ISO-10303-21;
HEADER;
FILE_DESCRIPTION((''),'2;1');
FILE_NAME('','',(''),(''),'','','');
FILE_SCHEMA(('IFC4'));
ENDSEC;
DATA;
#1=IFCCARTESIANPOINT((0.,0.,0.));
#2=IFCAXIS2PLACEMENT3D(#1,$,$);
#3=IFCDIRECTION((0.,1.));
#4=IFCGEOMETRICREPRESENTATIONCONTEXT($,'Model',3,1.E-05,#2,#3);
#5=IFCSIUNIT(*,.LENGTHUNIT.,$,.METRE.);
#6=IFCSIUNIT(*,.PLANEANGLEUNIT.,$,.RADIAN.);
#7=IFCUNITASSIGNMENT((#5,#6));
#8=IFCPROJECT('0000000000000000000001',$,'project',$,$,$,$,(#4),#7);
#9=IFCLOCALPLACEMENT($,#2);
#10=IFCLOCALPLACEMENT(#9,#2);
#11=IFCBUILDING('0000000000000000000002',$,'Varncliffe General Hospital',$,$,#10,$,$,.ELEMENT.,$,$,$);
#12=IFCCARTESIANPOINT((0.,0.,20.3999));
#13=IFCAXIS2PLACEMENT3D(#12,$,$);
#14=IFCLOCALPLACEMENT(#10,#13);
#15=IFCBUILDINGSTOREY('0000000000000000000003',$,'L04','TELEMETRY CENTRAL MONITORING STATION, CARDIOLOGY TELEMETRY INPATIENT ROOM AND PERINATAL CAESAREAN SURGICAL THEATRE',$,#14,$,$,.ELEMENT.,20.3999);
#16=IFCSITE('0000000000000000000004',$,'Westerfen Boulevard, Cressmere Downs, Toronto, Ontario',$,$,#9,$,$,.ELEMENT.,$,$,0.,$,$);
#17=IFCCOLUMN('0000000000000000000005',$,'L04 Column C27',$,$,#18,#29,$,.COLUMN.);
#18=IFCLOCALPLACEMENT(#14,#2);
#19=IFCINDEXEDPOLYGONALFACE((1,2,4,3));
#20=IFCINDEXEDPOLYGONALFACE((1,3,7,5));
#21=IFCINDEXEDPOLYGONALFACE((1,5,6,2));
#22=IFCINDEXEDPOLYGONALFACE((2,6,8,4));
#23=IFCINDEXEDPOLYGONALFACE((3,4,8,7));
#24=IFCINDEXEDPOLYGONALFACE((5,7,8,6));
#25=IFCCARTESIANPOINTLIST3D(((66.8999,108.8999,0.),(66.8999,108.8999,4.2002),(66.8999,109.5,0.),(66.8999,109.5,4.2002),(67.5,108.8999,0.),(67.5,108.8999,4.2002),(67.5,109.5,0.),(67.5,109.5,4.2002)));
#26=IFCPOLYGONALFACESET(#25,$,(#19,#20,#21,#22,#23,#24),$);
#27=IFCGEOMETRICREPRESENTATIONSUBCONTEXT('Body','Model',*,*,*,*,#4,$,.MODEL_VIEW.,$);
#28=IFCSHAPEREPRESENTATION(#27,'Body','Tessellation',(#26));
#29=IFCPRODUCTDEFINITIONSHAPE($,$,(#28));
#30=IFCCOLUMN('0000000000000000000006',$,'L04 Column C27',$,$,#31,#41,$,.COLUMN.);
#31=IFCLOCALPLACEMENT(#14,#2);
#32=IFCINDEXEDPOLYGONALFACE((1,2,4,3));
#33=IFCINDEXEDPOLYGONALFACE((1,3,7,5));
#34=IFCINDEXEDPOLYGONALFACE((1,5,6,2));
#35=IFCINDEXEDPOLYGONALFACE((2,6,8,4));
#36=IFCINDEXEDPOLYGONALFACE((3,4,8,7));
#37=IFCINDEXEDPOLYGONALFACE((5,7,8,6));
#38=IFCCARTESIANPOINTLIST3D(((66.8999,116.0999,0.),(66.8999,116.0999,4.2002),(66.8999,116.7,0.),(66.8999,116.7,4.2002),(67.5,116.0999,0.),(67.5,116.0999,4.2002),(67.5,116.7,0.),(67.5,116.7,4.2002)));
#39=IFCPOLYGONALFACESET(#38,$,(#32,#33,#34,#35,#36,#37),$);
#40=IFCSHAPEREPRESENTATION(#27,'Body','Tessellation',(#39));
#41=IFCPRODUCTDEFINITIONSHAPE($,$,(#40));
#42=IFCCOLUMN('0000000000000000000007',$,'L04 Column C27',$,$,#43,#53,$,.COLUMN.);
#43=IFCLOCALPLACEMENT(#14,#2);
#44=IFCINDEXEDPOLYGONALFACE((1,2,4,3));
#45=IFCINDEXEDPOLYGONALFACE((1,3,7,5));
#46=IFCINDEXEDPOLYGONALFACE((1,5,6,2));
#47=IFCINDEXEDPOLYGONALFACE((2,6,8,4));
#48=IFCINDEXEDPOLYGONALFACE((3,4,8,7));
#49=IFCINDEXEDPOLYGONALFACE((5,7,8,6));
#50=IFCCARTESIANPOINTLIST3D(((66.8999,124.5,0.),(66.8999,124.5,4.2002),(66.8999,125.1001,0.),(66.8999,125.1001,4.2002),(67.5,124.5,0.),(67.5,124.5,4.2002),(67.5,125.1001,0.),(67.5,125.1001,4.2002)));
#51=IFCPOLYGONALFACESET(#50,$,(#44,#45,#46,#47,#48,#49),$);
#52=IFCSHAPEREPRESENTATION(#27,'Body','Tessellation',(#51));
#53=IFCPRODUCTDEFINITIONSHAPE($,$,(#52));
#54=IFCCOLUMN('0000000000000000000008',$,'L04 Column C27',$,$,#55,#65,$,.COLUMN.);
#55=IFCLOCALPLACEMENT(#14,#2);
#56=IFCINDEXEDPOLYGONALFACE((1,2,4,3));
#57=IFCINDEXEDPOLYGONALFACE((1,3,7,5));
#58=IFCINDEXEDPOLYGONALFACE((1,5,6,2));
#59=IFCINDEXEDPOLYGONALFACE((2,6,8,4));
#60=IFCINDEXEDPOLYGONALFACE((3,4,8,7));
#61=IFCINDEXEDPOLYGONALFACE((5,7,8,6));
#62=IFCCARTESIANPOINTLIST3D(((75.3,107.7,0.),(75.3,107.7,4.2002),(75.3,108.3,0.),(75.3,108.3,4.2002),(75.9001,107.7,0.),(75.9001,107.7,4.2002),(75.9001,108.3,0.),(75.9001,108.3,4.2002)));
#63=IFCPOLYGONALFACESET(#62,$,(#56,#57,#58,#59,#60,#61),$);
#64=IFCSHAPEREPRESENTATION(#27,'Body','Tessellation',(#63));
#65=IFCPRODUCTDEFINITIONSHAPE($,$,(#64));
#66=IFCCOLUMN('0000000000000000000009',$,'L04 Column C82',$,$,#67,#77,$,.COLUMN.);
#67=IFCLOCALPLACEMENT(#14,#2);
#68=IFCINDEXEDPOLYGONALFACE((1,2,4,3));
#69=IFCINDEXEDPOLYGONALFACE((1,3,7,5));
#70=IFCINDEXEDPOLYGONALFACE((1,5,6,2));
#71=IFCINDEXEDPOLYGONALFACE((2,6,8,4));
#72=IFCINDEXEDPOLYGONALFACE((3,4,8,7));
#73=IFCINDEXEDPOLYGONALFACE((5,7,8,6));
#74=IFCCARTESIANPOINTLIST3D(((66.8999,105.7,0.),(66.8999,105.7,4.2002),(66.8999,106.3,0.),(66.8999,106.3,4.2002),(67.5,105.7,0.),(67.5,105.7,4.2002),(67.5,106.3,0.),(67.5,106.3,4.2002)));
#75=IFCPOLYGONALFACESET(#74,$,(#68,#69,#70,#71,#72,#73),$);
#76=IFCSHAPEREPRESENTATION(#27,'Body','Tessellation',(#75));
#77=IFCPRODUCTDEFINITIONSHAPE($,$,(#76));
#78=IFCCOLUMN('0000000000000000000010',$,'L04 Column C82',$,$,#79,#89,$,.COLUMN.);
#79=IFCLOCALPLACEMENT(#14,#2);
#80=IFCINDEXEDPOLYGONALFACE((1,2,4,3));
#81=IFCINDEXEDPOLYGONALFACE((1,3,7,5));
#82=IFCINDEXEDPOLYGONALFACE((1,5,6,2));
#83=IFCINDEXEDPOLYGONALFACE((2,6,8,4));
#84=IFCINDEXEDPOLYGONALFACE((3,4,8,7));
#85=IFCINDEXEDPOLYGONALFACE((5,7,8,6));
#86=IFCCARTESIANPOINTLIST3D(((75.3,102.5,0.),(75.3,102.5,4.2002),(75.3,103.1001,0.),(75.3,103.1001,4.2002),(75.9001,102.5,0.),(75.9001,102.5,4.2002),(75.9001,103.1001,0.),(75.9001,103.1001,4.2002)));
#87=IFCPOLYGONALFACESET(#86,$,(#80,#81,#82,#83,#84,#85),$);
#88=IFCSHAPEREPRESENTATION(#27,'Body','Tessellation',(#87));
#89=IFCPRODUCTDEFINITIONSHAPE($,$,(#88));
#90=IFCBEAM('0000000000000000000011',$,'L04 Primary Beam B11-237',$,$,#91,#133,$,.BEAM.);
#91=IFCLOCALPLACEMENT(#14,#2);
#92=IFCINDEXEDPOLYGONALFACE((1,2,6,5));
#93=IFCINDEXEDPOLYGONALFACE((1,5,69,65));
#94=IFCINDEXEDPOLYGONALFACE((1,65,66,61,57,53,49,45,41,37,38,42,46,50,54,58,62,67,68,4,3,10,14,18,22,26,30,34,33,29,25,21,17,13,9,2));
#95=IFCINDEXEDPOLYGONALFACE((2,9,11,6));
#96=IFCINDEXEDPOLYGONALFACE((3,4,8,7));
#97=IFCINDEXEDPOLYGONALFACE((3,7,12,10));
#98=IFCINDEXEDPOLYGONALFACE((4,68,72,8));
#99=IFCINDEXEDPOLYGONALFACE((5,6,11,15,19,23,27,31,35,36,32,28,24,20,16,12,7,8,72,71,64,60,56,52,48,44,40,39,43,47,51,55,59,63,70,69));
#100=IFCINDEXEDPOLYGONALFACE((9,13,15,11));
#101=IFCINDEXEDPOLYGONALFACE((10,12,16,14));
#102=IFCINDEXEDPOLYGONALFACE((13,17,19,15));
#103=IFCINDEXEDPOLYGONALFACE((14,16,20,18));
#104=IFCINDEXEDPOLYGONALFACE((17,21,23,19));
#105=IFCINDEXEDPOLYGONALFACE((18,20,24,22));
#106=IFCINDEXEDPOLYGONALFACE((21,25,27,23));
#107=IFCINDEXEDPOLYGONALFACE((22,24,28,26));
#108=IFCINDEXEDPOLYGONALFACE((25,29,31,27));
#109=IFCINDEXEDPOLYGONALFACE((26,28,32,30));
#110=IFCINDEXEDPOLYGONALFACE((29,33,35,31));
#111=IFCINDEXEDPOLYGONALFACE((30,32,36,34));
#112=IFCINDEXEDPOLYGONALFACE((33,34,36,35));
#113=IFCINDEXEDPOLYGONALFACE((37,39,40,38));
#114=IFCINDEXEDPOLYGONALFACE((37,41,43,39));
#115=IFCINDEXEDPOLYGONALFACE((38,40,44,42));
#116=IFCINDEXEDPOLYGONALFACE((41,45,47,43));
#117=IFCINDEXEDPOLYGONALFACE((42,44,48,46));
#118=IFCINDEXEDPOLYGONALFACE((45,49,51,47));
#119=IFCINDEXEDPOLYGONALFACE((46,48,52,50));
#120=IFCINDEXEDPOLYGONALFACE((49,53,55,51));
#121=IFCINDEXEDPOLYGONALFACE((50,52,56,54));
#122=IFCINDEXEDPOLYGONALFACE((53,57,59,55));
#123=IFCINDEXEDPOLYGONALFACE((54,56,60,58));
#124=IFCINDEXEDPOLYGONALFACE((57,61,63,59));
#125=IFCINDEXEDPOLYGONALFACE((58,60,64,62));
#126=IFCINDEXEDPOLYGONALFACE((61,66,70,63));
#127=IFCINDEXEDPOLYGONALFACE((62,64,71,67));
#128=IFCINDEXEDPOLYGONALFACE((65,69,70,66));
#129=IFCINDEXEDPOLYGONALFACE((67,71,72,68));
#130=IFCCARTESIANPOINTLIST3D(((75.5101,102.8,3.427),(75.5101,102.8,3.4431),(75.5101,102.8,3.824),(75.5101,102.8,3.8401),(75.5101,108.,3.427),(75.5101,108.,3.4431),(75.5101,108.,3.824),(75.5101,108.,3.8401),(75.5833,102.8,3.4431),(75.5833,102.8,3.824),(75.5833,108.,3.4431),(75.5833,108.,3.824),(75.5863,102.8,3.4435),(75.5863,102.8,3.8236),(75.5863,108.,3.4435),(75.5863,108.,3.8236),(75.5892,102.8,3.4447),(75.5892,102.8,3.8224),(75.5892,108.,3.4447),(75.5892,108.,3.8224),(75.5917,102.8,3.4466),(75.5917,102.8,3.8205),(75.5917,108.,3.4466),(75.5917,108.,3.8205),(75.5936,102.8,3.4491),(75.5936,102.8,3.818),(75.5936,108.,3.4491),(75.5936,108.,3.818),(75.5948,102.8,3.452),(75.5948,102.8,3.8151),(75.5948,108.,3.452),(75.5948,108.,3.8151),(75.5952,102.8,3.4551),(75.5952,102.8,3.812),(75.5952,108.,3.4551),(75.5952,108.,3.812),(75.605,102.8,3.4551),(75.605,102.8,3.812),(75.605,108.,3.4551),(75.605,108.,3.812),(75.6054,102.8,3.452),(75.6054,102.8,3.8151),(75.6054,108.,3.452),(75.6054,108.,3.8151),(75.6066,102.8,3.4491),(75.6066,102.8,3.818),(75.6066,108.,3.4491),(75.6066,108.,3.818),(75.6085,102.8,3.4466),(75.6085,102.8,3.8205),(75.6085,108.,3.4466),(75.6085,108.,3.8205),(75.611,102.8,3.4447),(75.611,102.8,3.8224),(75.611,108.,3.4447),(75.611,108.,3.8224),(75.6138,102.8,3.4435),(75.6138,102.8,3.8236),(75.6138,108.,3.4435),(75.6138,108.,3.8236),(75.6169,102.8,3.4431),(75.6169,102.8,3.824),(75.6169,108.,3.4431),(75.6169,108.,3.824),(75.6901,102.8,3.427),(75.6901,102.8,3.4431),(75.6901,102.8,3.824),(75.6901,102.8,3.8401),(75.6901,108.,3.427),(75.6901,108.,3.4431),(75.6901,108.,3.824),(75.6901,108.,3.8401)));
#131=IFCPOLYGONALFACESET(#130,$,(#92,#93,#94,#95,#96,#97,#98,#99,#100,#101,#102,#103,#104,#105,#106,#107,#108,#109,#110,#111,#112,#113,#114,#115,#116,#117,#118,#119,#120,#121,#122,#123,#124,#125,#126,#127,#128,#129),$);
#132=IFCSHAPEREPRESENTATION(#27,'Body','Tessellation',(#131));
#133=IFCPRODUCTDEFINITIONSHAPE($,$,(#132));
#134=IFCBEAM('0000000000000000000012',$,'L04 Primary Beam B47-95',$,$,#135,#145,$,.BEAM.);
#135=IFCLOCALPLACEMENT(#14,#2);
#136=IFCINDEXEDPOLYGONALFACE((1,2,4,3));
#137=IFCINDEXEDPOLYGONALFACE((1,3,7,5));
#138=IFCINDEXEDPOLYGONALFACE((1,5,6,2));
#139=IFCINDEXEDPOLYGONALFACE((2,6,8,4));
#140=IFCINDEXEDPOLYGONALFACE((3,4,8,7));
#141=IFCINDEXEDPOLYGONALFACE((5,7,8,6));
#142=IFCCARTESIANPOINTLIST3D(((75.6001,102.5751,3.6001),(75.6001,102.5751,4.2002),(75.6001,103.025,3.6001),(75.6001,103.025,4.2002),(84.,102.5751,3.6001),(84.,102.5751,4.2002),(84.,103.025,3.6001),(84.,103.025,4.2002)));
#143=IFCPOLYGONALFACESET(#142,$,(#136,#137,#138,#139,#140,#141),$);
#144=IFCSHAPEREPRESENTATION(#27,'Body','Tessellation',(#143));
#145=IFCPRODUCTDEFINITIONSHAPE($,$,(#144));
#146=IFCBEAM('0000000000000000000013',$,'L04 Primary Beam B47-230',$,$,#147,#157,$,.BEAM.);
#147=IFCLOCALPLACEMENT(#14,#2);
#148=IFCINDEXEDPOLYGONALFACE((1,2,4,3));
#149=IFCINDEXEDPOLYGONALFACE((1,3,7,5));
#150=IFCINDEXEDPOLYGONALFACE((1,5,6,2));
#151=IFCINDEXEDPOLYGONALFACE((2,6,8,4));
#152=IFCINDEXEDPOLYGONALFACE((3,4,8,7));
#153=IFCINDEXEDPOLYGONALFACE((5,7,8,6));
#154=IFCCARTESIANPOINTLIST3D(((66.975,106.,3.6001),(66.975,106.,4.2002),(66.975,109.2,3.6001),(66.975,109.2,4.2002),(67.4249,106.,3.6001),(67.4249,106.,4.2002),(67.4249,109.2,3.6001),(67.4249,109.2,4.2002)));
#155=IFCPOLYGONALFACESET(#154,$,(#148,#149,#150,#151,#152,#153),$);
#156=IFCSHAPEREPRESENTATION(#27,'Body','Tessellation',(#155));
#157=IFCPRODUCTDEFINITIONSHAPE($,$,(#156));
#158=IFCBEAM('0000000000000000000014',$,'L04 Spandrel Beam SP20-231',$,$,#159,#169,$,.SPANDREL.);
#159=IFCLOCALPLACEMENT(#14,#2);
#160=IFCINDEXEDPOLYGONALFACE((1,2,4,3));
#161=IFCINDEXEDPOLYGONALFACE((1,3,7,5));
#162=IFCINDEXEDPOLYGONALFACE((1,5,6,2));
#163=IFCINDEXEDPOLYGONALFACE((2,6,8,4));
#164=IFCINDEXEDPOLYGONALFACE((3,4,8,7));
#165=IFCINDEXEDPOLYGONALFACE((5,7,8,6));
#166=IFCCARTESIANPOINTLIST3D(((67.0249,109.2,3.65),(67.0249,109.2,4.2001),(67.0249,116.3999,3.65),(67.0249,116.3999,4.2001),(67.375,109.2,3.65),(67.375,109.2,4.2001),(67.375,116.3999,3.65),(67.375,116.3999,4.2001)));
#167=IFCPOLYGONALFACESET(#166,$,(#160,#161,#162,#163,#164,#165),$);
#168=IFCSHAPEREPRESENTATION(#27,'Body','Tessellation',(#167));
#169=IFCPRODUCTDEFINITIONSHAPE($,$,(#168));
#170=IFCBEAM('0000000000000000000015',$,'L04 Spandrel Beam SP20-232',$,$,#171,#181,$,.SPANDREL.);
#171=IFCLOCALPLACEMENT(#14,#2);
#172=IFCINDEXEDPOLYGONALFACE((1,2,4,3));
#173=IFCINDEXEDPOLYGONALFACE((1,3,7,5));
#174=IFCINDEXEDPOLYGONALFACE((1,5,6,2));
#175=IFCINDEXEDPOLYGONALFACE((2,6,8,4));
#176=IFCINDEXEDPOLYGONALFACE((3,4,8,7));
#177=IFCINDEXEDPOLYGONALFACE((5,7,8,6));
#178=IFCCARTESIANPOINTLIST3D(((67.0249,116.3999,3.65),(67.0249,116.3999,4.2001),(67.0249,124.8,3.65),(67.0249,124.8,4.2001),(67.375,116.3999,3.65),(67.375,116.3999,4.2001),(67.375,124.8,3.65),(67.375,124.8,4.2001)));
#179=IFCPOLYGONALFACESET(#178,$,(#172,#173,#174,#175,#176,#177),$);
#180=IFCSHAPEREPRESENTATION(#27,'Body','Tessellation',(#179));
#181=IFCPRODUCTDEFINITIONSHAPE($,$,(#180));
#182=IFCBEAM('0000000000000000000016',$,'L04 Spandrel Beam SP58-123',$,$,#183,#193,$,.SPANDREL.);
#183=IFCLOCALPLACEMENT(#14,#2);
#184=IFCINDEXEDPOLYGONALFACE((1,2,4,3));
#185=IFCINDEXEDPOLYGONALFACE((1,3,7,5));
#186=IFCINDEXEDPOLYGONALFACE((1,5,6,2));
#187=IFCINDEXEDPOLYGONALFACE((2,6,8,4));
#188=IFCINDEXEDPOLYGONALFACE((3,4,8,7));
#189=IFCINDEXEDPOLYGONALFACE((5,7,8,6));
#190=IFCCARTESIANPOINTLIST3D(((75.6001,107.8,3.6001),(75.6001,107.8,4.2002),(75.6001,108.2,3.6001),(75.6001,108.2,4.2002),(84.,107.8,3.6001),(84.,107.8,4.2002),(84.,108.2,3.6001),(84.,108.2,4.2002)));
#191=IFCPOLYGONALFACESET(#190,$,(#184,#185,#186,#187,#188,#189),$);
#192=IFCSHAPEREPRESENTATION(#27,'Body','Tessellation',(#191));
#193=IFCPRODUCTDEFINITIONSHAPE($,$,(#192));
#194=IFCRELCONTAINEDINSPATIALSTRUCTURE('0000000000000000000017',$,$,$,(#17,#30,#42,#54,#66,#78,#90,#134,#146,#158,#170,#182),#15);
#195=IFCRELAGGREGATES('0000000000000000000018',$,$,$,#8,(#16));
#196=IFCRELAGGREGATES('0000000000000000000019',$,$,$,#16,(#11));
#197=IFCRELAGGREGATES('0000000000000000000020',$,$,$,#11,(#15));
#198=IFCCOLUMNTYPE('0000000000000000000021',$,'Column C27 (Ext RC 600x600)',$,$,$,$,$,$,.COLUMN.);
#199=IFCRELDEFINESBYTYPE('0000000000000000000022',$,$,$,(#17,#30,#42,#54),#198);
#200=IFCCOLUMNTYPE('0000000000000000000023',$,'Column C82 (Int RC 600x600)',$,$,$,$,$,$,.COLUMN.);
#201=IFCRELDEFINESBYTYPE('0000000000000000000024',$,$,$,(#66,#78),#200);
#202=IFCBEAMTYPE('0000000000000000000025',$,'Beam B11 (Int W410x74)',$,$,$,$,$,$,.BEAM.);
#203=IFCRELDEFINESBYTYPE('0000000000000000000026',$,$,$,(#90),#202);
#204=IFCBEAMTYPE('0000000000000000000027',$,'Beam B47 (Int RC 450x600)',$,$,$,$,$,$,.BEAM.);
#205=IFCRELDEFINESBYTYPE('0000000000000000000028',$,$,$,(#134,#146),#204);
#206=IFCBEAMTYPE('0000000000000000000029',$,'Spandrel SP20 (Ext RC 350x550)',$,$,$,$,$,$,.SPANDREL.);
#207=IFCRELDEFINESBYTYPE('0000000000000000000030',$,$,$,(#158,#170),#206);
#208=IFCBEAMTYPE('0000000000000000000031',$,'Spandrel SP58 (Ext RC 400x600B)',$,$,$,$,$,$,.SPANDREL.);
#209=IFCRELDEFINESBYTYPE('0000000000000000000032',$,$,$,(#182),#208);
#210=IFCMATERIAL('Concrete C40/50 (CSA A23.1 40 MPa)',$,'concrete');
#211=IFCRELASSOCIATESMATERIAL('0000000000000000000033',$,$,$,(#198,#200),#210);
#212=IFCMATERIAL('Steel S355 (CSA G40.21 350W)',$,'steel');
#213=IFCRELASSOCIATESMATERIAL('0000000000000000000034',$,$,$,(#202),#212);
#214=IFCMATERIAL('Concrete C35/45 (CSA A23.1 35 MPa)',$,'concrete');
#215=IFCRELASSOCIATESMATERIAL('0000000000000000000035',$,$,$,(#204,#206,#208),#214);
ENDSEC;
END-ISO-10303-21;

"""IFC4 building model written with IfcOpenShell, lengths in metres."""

from ifc_helpers import new_model, si_unit, direction, frame, origin, origin_2d, place, context, subcontext, project, spatial, rectangle, i_section, extrude, material, material_profile, profile_set, type_object, element, save


model = new_model("IFC4")

# Units and contexts
model_context = context("Model", 3, precision=1e-05, world=origin(), true_north=direction((0.0, 1.0)))
body_context = subcontext(model_context, "Body", "Model", "MODEL_VIEW")
ifc_project = project(units=[si_unit("LENGTHUNIT", "METRE"), si_unit("PLANEANGLEUNIT", "RADIAN")], contexts=[model_context])

# Site, building, storey
site_placement = place(None, origin())
site = spatial("IfcSite", under=ifc_project, at=site_placement, Name="Westerfen Boulevard, Cressmere Downs, Toronto, Ontario", CompositionType="ELEMENT", RefElevation=0.0)
building_placement = place(site_placement, origin())
building = spatial("IfcBuilding", under=site, at=building_placement, Name="Varncliffe General Hospital", CompositionType="ELEMENT")
storey_placement = place(building_placement, frame((0.0, 0.0, 20.3999)))
storey = spatial("IfcBuildingStorey", under=building, at=storey_placement, Name="L04", Description="TELEMETRY CENTRAL MONITORING STATION, CARDIOLOGY TELEMETRY INPATIENT ROOM AND PERINATAL CAESAREAN SURGICAL THEATRE", CompositionType="ELEMENT", Elevation=20.3999)

# Columns
ifc_material_1 = material(Name="Concrete C40/50 (CSA A23.1 40 MPa)", Category="concrete")
ifc_material_profile_1 = material_profile(ifc_material_1, rectangle(XDim=0.6001, YDim=0.6001, at=origin_2d()), Name="RC 600x600")
ifc_profile_set_1 = profile_set([ifc_material_profile_1], Name="Concrete C40/50 (CSA A23.1 40 MPa)")
column_type_1 = type_object("IfcColumnType", Name="Column C27 (Ext RC 600x600)", PredefinedType="COLUMN", material=ifc_profile_set_1)
for number, where, z_axis, x_axis, name in (
    (1, (67.2, 109.2, 0.0), (0.0, 0.0, 1.0), (1.0, 0.0, 0.0), "L04 Column C27"),
    (2, (67.2, 116.3999, 0.0), (0.0, 0.0, 1.0), (1.0, 0.0, 0.0), "L04 Column C27"),
    (3, (67.2, 124.8, 0.0), (0.0, 0.0, 1.0), (1.0, 0.0, 0.0), "L04 Column C27"),
    (4, (75.6001, 108.0, 0.0), (0.0, 0.0, 1.0), (1.0, 0.0, 0.0), "L04 Column C27"),
):
    element("IfcColumn", number, at=place(storey_placement, frame(where, z_axis=z_axis, x_axis=x_axis)), inside=storey, type_object=column_type_1, Name=name, PredefinedType="COLUMN", context=body_context, shape_type="SweptSolid", body=[
        extrude(rectangle(XDim=0.6001, YDim=0.6001, at=origin_2d()), origin(), (0.0, 0.0, 1.0), 4.2002),
    ])
ifc_material_profile_2 = material_profile(ifc_material_1, rectangle(XDim=0.6001, YDim=0.6001, at=origin_2d()), Name="RC 600x600")
ifc_profile_set_2 = profile_set([ifc_material_profile_2], Name="Concrete C40/50 (CSA A23.1 40 MPa)")
column_type_2 = type_object("IfcColumnType", Name="Column C82 (Int RC 600x600)", PredefinedType="COLUMN", material=ifc_profile_set_2)
for number, where, z_axis, x_axis, name in (
    (5, (67.2, 106.0, 0.0), (0.0, 0.0, 1.0), (1.0, 0.0, 0.0), "L04 Column C82"),
    (6, (75.6001, 102.8, 0.0), (0.0, 0.0, 1.0), (1.0, 0.0, 0.0), "L04 Column C82"),
):
    element("IfcColumn", number, at=place(storey_placement, frame(where, z_axis=z_axis, x_axis=x_axis)), inside=storey, type_object=column_type_2, Name=name, PredefinedType="COLUMN", context=body_context, shape_type="SweptSolid", body=[
        extrude(rectangle(XDim=0.6001, YDim=0.6001, at=origin_2d()), origin(), (0.0, 0.0, 1.0), 4.2002),
    ])

# Beams
ifc_material_2 = material(Name="Steel S355 (CSA G40.21 350W)", Category="steel")
ifc_material_profile_3 = material_profile(ifc_material_2, i_section(OverallWidth=0.1799, OverallDepth=0.4131, WebThickness=0.0098, FlangeThickness=0.0161, FilletRadius=0.012, at=origin_2d()), Name="W410x74")
ifc_profile_set_3 = profile_set([ifc_material_profile_3], Name="Steel S355 (CSA G40.21 350W)")
beam_type_1 = type_object("IfcBeamType", Name="Beam B11 (Int W410x74)", PredefinedType="BEAM", material=ifc_profile_set_3)
beam_1_placement = place(storey_placement, frame((75.6001, 102.8, 3.6335), z_axis=(0.0, 1.0, 0.0), x_axis=(-1.0, 0.0, 0.0)))
element("IfcBeam", 7, at=beam_1_placement, inside=storey, type_object=beam_type_1, Name="L04 Primary Beam B11-237", PredefinedType="BEAM", context=body_context, shape_type="SweptSolid", body=[
    extrude(i_section(OverallWidth=0.1799, OverallDepth=0.4131, WebThickness=0.0098, FlangeThickness=0.0161, FilletRadius=0.012, at=origin_2d()), origin(), (0.0, 0.0, 1.0), 5.2),
])
ifc_material_3 = material(Name="Concrete C35/45 (CSA A23.1 35 MPa)", Category="concrete")
ifc_material_profile_4 = material_profile(ifc_material_3, rectangle(XDim=0.45, YDim=0.6001, at=origin_2d()), Name="RC 450x600")
ifc_profile_set_4 = profile_set([ifc_material_profile_4], Name="Concrete C35/45 (CSA A23.1 35 MPa)")
beam_type_2 = type_object("IfcBeamType", Name="Beam B47 (Int RC 450x600)", PredefinedType="BEAM", material=ifc_profile_set_4)
beam_2_placement = place(storey_placement, frame((75.6001, 102.8, 3.9001), z_axis=(1.0, 0.0, 0.0), x_axis=(0.0, 1.0, 0.0)))
element("IfcBeam", 8, at=beam_2_placement, inside=storey, type_object=beam_type_2, Name="L04 Primary Beam B47-95", PredefinedType="BEAM", context=body_context, shape_type="SweptSolid", body=[
    extrude(rectangle(XDim=0.45, YDim=0.6001, at=origin_2d()), origin(), (0.0, 0.0, 1.0), 8.3999),
])
beam_3_placement = place(storey_placement, frame((67.2, 106.0, 3.9001), z_axis=(0.0, 1.0, 0.0), x_axis=(-1.0, 0.0, 0.0)))
element("IfcBeam", 9, at=beam_3_placement, inside=storey, type_object=beam_type_2, Name="L04 Primary Beam B47-230", PredefinedType="BEAM", context=body_context, shape_type="SweptSolid", body=[
    extrude(rectangle(XDim=0.45, YDim=0.6001, at=origin_2d()), origin(), (0.0, 0.0, 1.0), 3.2),
])
ifc_material_profile_5 = material_profile(ifc_material_3, rectangle(XDim=0.3501, YDim=0.55, at=origin_2d()), Name="RC 350x550")
ifc_profile_set_5 = profile_set([ifc_material_profile_5], Name="Concrete C35/45 (CSA A23.1 35 MPa)")
beam_type_3 = type_object("IfcBeamType", Name="Spandrel SP20 (Ext RC 350x550)", PredefinedType="SPANDREL", material=ifc_profile_set_5)
beam_4_placement = place(storey_placement, frame((67.2, 109.2, 3.925), z_axis=(0.0, 1.0, 0.0), x_axis=(-1.0, 0.0, 0.0)))
element("IfcBeam", 10, at=beam_4_placement, inside=storey, type_object=beam_type_3, Name="L04 Spandrel Beam SP20-231", PredefinedType="SPANDREL", context=body_context, shape_type="SweptSolid", body=[
    extrude(rectangle(XDim=0.3501, YDim=0.55, at=origin_2d()), origin(), (0.0, 0.0, 1.0), 7.2),
])
beam_5_placement = place(storey_placement, frame((67.2, 116.3999, 3.925), z_axis=(0.0, 1.0, 0.0), x_axis=(-1.0, 0.0, 0.0)))
element("IfcBeam", 11, at=beam_5_placement, inside=storey, type_object=beam_type_3, Name="L04 Spandrel Beam SP20-232", PredefinedType="SPANDREL", context=body_context, shape_type="SweptSolid", body=[
    extrude(rectangle(XDim=0.3501, YDim=0.55, at=origin_2d()), origin(), (0.0, 0.0, 1.0), 8.4001),
])
ifc_material_profile_6 = material_profile(ifc_material_3, rectangle(XDim=0.3999, YDim=0.6001, at=origin_2d()), Name="RC 400x600")
ifc_profile_set_6 = profile_set([ifc_material_profile_6], Name="Concrete C35/45 (CSA A23.1 35 MPa)")
beam_type_4 = type_object("IfcBeamType", Name="Spandrel SP58 (Ext RC 400x600B)", PredefinedType="SPANDREL", material=ifc_profile_set_6)
beam_6_placement = place(storey_placement, frame((75.6001, 108.0, 3.9001), z_axis=(1.0, 0.0, 0.0), x_axis=(0.0, 1.0, 0.0)))
element("IfcBeam", 12, at=beam_6_placement, inside=storey, type_object=beam_type_4, Name="L04 Spandrel Beam SP58-123", PredefinedType="SPANDREL", context=body_context, shape_type="SweptSolid", body=[
    extrude(rectangle(XDim=0.3999, YDim=0.6001, at=origin_2d()), origin(), (0.0, 0.0, 1.0), 8.3999),
])

save(model, "model.ifc")
